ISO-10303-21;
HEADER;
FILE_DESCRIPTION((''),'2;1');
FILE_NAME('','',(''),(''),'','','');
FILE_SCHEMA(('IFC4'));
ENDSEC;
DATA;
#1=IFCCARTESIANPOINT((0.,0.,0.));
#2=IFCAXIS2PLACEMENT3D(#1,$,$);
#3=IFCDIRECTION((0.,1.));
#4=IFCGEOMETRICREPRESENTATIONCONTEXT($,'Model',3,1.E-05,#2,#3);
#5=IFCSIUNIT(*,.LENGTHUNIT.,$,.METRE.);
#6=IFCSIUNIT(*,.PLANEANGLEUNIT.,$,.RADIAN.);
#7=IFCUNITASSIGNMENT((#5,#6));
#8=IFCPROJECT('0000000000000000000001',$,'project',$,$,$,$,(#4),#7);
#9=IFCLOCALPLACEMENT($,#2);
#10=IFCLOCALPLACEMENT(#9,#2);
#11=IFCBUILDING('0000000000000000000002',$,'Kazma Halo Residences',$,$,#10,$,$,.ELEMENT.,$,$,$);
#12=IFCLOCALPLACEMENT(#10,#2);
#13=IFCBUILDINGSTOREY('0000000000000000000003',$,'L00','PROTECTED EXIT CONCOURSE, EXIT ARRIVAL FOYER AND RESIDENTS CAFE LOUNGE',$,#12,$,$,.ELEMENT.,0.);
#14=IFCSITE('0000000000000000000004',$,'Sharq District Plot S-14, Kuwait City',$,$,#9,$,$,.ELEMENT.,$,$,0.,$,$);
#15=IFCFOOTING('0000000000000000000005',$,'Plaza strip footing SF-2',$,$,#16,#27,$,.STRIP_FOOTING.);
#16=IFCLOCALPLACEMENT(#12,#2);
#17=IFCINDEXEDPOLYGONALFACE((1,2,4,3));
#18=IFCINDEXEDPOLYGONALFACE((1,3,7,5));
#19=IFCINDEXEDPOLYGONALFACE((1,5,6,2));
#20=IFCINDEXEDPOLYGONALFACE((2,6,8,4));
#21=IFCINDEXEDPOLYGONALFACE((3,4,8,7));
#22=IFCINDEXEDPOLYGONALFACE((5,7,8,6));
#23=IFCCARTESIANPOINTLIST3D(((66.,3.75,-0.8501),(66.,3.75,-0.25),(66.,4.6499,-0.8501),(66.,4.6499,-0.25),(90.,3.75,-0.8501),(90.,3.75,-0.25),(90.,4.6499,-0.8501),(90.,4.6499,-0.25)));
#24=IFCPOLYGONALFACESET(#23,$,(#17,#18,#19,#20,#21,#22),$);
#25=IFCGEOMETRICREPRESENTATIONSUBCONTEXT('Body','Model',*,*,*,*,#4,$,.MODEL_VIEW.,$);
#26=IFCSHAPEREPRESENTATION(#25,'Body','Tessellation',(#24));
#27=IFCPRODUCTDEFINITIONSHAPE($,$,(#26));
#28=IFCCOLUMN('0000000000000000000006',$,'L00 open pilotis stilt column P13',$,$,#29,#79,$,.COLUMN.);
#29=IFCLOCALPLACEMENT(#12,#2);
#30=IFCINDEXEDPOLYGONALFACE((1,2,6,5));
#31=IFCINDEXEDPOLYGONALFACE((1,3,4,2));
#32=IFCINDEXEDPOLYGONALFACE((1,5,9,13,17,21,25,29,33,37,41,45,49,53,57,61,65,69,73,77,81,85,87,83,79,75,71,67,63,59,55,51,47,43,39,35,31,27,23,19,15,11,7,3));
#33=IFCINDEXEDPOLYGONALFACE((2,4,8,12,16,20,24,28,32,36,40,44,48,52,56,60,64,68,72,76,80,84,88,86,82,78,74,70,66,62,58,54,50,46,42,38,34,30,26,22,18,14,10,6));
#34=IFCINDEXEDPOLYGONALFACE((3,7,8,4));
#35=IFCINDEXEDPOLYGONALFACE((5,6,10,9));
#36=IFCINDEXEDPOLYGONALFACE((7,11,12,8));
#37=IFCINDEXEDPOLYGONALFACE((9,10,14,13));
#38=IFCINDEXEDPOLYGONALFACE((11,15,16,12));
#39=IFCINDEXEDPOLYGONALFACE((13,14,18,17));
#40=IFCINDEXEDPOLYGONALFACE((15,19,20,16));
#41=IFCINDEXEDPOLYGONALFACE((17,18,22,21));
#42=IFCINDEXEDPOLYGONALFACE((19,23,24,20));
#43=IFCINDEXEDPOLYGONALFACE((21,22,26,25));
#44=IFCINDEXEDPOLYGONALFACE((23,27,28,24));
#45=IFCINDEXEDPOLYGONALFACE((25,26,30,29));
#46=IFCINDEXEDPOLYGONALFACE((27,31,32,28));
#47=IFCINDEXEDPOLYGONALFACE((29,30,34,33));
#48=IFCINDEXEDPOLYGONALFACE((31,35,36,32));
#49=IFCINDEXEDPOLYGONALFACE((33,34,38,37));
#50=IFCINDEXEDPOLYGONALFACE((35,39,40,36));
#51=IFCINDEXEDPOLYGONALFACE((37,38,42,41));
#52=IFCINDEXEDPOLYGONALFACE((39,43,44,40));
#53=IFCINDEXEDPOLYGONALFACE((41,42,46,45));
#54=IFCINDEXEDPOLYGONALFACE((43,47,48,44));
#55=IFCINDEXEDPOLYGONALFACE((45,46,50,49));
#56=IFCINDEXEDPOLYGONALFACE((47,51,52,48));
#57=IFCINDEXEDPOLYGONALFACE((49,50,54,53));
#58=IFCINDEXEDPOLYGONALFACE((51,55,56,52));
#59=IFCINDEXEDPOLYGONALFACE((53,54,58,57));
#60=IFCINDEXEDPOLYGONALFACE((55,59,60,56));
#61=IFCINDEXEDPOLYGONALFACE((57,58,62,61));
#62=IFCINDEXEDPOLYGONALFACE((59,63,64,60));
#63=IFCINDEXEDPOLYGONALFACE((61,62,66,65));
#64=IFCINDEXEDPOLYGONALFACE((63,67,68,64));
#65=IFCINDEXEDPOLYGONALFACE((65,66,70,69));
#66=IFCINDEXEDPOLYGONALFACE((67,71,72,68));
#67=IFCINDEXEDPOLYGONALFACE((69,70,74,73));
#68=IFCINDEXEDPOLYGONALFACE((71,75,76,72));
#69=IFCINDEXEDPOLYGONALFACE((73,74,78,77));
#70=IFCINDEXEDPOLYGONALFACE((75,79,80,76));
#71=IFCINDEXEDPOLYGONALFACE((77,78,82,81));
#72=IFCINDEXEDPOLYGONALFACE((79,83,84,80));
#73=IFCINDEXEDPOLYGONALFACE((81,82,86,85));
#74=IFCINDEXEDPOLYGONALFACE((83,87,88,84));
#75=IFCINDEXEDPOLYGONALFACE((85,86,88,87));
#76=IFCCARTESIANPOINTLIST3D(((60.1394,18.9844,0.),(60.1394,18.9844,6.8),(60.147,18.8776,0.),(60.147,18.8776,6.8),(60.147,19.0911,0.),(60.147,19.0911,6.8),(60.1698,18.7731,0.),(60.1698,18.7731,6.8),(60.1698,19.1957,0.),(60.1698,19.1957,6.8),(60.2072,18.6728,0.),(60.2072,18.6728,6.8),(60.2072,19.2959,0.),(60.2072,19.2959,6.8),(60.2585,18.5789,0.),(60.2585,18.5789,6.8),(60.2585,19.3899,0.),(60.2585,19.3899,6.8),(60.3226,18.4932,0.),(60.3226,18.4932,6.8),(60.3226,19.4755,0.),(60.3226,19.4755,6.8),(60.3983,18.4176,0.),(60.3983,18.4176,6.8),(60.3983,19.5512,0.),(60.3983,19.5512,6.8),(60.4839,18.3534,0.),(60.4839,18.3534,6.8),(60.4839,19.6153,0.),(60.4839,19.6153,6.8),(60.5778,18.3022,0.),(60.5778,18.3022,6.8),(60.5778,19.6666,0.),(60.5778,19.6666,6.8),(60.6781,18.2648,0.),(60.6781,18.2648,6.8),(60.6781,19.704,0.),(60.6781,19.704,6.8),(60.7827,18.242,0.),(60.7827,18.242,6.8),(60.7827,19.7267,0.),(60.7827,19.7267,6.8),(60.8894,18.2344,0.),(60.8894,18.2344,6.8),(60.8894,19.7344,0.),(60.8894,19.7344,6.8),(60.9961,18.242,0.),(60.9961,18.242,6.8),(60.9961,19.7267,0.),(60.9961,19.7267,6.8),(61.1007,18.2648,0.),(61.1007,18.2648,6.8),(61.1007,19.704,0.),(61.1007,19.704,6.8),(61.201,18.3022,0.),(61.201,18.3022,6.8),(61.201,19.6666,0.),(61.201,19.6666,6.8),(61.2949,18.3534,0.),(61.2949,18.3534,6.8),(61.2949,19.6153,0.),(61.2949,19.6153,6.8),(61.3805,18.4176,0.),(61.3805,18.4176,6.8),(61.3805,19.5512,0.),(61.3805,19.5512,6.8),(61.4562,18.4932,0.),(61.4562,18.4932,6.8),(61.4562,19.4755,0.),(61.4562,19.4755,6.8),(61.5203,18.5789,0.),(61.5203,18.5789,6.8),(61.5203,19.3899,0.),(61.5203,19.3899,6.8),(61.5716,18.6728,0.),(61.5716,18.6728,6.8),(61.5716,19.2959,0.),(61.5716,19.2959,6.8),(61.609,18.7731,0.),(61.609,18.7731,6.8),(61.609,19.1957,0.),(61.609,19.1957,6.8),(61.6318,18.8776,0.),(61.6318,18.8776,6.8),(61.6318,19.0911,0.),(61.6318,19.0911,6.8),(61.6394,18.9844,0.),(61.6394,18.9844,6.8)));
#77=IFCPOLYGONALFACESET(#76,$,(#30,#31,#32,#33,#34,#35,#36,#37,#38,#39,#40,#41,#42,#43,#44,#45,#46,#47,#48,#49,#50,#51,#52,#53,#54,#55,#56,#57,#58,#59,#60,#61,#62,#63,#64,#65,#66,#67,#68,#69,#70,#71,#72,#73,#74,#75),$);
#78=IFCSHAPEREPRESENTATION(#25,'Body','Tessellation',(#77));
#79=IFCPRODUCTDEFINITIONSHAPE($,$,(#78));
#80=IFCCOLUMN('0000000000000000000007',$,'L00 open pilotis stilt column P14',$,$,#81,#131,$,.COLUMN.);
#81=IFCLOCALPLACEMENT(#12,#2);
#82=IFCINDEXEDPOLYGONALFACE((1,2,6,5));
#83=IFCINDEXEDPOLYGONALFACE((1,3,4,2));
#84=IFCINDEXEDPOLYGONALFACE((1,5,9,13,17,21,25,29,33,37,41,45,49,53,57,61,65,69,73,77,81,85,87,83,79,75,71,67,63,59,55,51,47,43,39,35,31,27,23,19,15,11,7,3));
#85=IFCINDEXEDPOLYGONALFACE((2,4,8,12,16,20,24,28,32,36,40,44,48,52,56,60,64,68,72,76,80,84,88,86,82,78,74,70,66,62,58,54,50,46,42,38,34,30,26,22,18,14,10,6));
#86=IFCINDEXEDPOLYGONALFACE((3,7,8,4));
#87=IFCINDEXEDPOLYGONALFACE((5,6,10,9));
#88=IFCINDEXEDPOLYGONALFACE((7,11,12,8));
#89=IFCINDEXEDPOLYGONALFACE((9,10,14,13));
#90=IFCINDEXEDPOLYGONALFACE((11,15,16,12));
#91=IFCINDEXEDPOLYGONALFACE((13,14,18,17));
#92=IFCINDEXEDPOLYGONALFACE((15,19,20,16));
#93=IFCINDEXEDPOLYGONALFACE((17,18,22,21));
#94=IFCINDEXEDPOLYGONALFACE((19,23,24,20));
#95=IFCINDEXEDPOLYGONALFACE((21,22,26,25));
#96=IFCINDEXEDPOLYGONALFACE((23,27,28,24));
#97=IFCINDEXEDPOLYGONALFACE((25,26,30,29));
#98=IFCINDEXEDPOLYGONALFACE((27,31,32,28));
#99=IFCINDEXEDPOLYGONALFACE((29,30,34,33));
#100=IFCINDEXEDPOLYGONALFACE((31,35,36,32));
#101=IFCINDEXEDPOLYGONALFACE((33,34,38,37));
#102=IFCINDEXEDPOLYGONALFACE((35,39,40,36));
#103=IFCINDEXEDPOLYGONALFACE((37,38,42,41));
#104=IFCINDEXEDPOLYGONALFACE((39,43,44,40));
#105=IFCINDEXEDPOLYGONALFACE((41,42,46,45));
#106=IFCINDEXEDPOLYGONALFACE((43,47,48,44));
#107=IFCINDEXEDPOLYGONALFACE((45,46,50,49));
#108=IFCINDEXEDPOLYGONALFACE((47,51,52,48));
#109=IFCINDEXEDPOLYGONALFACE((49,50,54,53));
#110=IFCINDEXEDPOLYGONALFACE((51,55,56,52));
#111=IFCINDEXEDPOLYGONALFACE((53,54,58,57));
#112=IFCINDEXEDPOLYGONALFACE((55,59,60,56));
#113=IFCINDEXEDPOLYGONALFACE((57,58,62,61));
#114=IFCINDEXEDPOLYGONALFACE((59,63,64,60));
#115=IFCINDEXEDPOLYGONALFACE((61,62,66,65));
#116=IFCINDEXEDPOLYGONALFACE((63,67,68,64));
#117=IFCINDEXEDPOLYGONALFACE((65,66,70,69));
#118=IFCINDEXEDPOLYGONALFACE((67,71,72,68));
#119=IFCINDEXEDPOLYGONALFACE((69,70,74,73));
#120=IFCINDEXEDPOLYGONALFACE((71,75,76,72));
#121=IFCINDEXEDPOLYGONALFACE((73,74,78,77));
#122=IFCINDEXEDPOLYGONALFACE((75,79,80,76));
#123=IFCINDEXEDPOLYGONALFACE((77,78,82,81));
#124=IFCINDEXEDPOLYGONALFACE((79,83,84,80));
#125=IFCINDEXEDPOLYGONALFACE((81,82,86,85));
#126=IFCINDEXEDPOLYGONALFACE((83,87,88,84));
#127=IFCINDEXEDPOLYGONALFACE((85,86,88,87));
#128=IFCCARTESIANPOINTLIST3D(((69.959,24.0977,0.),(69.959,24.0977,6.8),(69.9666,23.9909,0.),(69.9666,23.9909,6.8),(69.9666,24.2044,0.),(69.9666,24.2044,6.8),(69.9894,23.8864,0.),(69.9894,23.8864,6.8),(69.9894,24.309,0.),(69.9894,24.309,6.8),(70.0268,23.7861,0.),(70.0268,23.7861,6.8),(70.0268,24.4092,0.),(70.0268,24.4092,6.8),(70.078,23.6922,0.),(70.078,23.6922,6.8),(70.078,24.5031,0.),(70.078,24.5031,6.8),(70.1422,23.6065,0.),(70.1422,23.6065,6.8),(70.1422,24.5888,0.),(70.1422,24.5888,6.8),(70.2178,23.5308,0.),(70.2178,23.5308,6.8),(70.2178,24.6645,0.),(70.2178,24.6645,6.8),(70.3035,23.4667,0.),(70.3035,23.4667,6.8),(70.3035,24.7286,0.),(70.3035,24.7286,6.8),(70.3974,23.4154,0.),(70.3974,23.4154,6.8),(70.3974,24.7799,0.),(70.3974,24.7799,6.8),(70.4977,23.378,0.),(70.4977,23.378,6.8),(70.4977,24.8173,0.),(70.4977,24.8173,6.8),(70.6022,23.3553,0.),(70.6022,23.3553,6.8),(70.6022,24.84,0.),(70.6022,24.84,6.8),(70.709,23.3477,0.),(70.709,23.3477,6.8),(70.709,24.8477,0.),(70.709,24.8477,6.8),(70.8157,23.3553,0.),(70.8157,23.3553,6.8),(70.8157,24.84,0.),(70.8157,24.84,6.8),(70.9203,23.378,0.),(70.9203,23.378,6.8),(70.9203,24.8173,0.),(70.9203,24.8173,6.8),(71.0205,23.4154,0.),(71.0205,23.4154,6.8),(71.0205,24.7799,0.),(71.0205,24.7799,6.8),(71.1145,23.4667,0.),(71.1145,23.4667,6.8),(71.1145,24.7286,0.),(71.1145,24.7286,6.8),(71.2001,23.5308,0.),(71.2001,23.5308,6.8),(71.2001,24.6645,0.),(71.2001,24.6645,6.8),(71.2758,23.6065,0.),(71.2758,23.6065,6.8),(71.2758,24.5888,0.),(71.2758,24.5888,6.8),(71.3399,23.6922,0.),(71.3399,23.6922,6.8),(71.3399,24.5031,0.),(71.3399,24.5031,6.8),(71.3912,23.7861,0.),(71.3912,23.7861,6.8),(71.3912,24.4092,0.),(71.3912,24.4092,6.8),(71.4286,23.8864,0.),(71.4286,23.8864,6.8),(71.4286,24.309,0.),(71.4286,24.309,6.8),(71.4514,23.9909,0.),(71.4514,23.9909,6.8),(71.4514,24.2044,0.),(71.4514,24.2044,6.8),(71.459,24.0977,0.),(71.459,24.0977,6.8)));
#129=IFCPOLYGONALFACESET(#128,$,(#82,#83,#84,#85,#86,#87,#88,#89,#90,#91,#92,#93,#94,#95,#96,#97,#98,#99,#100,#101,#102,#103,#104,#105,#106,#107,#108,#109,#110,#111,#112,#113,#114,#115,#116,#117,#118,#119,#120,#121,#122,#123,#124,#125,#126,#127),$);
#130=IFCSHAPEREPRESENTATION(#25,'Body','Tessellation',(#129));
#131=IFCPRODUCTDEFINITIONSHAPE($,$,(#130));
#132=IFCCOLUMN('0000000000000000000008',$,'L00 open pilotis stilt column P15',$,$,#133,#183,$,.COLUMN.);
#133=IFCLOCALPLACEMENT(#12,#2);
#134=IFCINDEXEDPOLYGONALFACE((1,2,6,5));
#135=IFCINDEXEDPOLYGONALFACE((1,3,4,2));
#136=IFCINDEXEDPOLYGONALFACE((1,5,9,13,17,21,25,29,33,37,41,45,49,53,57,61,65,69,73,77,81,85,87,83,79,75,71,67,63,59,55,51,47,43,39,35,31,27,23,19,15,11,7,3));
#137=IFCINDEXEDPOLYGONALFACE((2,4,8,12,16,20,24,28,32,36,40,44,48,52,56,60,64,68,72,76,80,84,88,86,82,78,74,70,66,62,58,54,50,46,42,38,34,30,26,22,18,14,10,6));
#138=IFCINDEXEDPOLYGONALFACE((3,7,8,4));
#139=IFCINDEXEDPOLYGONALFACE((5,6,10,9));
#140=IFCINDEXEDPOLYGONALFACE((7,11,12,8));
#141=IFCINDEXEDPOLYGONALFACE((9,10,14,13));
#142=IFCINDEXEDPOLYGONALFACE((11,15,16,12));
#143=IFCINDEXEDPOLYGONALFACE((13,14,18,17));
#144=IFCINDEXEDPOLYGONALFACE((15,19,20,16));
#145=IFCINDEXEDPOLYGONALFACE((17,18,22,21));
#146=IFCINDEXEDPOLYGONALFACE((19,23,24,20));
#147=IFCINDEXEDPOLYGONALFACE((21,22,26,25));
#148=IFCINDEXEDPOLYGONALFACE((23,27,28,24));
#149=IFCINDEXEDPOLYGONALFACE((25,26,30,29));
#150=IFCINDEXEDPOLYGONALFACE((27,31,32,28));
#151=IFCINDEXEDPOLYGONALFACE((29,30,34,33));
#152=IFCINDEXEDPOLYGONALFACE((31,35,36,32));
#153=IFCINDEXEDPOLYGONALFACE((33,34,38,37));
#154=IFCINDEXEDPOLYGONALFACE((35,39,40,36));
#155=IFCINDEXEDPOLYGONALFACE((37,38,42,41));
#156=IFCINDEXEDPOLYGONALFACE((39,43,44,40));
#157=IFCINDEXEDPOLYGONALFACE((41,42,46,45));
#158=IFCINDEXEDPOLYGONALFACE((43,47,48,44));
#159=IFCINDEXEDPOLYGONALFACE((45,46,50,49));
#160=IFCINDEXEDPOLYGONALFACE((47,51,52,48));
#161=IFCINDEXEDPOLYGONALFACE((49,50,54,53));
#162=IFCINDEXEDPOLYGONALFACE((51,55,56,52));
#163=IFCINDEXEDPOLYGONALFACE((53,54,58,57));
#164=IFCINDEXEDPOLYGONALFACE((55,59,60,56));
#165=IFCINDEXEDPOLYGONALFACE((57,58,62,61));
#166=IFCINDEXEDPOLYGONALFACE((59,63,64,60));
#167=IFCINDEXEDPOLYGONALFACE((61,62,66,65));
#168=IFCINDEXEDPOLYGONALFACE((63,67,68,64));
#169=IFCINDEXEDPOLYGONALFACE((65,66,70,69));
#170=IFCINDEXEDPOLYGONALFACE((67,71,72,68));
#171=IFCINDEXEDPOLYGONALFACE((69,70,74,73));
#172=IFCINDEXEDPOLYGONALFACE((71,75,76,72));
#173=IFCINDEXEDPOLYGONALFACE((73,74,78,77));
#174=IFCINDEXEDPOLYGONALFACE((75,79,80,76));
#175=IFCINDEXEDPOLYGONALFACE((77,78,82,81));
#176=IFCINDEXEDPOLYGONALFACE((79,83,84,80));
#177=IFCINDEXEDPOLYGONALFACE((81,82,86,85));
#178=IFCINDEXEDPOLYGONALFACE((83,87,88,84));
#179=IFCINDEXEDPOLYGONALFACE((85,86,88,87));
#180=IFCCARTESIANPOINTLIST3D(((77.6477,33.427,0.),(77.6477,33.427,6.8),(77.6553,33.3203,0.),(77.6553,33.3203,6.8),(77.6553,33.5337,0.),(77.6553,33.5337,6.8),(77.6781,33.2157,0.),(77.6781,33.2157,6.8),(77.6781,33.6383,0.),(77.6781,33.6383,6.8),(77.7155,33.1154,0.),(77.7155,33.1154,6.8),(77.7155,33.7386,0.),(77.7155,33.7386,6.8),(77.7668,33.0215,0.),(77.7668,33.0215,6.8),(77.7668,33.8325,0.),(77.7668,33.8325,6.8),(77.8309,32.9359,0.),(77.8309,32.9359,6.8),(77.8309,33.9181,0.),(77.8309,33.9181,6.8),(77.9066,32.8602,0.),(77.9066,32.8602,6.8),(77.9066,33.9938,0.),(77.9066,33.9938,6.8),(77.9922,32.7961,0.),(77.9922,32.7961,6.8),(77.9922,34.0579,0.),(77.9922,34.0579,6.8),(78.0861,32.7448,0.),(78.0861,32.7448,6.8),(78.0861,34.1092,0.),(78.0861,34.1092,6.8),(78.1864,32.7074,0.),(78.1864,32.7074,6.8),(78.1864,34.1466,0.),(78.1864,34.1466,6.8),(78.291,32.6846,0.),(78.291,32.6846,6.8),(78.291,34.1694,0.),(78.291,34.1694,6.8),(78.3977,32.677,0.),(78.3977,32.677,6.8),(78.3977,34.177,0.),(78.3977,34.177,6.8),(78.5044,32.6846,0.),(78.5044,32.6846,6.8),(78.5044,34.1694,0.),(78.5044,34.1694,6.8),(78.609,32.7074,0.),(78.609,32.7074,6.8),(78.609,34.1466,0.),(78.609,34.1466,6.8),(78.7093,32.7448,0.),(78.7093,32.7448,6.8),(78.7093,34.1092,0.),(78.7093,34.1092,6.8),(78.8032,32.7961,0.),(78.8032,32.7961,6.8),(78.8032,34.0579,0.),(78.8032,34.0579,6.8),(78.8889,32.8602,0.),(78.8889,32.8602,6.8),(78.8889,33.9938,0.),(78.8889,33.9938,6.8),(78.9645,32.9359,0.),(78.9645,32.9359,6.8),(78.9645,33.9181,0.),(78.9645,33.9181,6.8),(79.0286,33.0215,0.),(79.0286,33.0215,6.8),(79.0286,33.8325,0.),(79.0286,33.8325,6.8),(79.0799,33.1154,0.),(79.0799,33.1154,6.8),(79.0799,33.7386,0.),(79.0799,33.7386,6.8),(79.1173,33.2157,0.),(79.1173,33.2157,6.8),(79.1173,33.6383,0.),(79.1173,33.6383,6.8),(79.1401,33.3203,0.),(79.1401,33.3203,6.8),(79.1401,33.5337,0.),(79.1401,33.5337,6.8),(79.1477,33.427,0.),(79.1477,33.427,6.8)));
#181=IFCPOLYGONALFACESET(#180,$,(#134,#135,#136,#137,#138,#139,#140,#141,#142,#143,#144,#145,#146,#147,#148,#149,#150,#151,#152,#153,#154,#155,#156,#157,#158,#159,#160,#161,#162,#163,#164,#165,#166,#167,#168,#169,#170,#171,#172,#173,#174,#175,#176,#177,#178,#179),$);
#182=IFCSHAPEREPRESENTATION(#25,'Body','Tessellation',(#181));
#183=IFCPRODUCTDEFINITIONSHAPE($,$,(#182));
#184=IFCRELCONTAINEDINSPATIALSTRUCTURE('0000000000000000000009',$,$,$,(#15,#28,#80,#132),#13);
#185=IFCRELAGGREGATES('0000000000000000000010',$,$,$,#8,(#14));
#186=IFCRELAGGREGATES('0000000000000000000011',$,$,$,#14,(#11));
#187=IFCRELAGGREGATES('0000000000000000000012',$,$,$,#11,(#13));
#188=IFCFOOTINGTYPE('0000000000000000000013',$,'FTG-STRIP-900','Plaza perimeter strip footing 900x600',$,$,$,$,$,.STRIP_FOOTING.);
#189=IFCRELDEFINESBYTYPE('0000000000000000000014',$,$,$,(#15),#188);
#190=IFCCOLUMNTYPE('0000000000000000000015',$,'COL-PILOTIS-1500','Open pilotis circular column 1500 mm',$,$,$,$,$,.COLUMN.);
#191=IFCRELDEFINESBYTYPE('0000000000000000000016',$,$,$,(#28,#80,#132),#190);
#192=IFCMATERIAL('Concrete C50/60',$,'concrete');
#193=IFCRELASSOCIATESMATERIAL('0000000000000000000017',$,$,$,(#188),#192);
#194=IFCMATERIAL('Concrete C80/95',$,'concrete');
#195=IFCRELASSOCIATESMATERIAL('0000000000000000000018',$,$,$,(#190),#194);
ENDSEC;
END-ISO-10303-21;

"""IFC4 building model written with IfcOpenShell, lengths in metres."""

from ifc_helpers import new_model, si_unit, direction, frame, origin, origin_2d, place, context, subcontext, project, spatial, rectangle, circle, extrude, material, material_profile, profile_set, type_object, element, save


model = new_model("IFC4")

# Units and contexts
model_context = context("Model", 3, precision=1e-05, world=origin(), true_north=direction((0.0, 1.0)))
body_context = subcontext(model_context, "Body", "Model", "MODEL_VIEW")
ifc_project = project(units=[si_unit("LENGTHUNIT", "METRE"), si_unit("PLANEANGLEUNIT", "RADIAN")], contexts=[model_context])

# Site, building, storey
site_placement = place(None, origin())
site = spatial("IfcSite", under=ifc_project, at=site_placement, Name="Sharq District Plot S-14, Kuwait City", CompositionType="ELEMENT", RefElevation=0.0)
building_placement = place(site_placement, origin())
building = spatial("IfcBuilding", under=site, at=building_placement, Name="Kazma Halo Residences", CompositionType="ELEMENT")
storey_placement = place(building_placement, origin())
storey = spatial("IfcBuildingStorey", under=building, at=storey_placement, Name="L00", Description="PROTECTED EXIT CONCOURSE, EXIT ARRIVAL FOYER AND RESIDENTS CAFE LOUNGE", CompositionType="ELEMENT", Elevation=0.0)

# Footing
ifc_material_1 = material(Name="Concrete C50/60", Category="concrete")
ifc_material_profile_1 = material_profile(ifc_material_1, rectangle(XDim=0.6001, YDim=0.8999, at=origin_2d()), Name="RECT600x900")
ifc_profile_set_1 = profile_set([ifc_material_profile_1], Name="Concrete C50/60")
footing_type = type_object("IfcFootingType", Name="FTG-STRIP-900", Description="Plaza perimeter strip footing 900x600", PredefinedType="STRIP_FOOTING", material=ifc_profile_set_1)
footing_placement = place(storey_placement, frame((78.0, 4.2, -0.8501), z_axis=(0.0, 0.0, 1.0), x_axis=(1.0, 0.0, 0.0)))
element("IfcFooting", 1, at=footing_placement, inside=storey, type_object=footing_type, Name="Plaza strip footing SF-2", PredefinedType="STRIP_FOOTING", context=body_context, shape_type="SweptSolid", body=[
    extrude(rectangle(XDim=24.0, YDim=0.8999, at=origin_2d()), origin(), (0.0, 0.0, 1.0), 0.6001),
])

# Columns
ifc_material_2 = material(Name="Concrete C80/95", Category="concrete")
ifc_material_profile_2 = material_profile(ifc_material_2, circle(Radius=0.75, at=origin_2d()), Name="CIRC1500")
ifc_profile_set_2 = profile_set([ifc_material_profile_2], Name="Concrete C80/95")
column_type = type_object("IfcColumnType", Name="COL-PILOTIS-1500", Description="Open pilotis circular column 1500 mm", PredefinedType="COLUMN", material=ifc_profile_set_2)
for number, where, z_axis, x_axis, name in (
    (2, (60.8894, 18.9844, 0.0), (0.0, 0.0, 1.0), (1.0, 0.0, 0.0), "L00 open pilotis stilt column P13"),
    (3, (70.709, 24.0977, 0.0), (0.0, 0.0, 1.0), (1.0, 0.0, 0.0), "L00 open pilotis stilt column P14"),
    (4, (78.3977, 33.427, 0.0), (0.0, 0.0, 1.0), (1.0, 0.0, 0.0), "L00 open pilotis stilt column P15"),
):
    element("IfcColumn", number, at=place(storey_placement, frame(where, z_axis=z_axis, x_axis=x_axis)), inside=storey, type_object=column_type, Name=name, PredefinedType="COLUMN", context=body_context, shape_type="SweptSolid", body=[
        extrude(circle(Radius=0.75, at=origin_2d()), origin(), (0.0, 0.0, 1.0), 6.8),
    ])

save(model, "model.ifc")
